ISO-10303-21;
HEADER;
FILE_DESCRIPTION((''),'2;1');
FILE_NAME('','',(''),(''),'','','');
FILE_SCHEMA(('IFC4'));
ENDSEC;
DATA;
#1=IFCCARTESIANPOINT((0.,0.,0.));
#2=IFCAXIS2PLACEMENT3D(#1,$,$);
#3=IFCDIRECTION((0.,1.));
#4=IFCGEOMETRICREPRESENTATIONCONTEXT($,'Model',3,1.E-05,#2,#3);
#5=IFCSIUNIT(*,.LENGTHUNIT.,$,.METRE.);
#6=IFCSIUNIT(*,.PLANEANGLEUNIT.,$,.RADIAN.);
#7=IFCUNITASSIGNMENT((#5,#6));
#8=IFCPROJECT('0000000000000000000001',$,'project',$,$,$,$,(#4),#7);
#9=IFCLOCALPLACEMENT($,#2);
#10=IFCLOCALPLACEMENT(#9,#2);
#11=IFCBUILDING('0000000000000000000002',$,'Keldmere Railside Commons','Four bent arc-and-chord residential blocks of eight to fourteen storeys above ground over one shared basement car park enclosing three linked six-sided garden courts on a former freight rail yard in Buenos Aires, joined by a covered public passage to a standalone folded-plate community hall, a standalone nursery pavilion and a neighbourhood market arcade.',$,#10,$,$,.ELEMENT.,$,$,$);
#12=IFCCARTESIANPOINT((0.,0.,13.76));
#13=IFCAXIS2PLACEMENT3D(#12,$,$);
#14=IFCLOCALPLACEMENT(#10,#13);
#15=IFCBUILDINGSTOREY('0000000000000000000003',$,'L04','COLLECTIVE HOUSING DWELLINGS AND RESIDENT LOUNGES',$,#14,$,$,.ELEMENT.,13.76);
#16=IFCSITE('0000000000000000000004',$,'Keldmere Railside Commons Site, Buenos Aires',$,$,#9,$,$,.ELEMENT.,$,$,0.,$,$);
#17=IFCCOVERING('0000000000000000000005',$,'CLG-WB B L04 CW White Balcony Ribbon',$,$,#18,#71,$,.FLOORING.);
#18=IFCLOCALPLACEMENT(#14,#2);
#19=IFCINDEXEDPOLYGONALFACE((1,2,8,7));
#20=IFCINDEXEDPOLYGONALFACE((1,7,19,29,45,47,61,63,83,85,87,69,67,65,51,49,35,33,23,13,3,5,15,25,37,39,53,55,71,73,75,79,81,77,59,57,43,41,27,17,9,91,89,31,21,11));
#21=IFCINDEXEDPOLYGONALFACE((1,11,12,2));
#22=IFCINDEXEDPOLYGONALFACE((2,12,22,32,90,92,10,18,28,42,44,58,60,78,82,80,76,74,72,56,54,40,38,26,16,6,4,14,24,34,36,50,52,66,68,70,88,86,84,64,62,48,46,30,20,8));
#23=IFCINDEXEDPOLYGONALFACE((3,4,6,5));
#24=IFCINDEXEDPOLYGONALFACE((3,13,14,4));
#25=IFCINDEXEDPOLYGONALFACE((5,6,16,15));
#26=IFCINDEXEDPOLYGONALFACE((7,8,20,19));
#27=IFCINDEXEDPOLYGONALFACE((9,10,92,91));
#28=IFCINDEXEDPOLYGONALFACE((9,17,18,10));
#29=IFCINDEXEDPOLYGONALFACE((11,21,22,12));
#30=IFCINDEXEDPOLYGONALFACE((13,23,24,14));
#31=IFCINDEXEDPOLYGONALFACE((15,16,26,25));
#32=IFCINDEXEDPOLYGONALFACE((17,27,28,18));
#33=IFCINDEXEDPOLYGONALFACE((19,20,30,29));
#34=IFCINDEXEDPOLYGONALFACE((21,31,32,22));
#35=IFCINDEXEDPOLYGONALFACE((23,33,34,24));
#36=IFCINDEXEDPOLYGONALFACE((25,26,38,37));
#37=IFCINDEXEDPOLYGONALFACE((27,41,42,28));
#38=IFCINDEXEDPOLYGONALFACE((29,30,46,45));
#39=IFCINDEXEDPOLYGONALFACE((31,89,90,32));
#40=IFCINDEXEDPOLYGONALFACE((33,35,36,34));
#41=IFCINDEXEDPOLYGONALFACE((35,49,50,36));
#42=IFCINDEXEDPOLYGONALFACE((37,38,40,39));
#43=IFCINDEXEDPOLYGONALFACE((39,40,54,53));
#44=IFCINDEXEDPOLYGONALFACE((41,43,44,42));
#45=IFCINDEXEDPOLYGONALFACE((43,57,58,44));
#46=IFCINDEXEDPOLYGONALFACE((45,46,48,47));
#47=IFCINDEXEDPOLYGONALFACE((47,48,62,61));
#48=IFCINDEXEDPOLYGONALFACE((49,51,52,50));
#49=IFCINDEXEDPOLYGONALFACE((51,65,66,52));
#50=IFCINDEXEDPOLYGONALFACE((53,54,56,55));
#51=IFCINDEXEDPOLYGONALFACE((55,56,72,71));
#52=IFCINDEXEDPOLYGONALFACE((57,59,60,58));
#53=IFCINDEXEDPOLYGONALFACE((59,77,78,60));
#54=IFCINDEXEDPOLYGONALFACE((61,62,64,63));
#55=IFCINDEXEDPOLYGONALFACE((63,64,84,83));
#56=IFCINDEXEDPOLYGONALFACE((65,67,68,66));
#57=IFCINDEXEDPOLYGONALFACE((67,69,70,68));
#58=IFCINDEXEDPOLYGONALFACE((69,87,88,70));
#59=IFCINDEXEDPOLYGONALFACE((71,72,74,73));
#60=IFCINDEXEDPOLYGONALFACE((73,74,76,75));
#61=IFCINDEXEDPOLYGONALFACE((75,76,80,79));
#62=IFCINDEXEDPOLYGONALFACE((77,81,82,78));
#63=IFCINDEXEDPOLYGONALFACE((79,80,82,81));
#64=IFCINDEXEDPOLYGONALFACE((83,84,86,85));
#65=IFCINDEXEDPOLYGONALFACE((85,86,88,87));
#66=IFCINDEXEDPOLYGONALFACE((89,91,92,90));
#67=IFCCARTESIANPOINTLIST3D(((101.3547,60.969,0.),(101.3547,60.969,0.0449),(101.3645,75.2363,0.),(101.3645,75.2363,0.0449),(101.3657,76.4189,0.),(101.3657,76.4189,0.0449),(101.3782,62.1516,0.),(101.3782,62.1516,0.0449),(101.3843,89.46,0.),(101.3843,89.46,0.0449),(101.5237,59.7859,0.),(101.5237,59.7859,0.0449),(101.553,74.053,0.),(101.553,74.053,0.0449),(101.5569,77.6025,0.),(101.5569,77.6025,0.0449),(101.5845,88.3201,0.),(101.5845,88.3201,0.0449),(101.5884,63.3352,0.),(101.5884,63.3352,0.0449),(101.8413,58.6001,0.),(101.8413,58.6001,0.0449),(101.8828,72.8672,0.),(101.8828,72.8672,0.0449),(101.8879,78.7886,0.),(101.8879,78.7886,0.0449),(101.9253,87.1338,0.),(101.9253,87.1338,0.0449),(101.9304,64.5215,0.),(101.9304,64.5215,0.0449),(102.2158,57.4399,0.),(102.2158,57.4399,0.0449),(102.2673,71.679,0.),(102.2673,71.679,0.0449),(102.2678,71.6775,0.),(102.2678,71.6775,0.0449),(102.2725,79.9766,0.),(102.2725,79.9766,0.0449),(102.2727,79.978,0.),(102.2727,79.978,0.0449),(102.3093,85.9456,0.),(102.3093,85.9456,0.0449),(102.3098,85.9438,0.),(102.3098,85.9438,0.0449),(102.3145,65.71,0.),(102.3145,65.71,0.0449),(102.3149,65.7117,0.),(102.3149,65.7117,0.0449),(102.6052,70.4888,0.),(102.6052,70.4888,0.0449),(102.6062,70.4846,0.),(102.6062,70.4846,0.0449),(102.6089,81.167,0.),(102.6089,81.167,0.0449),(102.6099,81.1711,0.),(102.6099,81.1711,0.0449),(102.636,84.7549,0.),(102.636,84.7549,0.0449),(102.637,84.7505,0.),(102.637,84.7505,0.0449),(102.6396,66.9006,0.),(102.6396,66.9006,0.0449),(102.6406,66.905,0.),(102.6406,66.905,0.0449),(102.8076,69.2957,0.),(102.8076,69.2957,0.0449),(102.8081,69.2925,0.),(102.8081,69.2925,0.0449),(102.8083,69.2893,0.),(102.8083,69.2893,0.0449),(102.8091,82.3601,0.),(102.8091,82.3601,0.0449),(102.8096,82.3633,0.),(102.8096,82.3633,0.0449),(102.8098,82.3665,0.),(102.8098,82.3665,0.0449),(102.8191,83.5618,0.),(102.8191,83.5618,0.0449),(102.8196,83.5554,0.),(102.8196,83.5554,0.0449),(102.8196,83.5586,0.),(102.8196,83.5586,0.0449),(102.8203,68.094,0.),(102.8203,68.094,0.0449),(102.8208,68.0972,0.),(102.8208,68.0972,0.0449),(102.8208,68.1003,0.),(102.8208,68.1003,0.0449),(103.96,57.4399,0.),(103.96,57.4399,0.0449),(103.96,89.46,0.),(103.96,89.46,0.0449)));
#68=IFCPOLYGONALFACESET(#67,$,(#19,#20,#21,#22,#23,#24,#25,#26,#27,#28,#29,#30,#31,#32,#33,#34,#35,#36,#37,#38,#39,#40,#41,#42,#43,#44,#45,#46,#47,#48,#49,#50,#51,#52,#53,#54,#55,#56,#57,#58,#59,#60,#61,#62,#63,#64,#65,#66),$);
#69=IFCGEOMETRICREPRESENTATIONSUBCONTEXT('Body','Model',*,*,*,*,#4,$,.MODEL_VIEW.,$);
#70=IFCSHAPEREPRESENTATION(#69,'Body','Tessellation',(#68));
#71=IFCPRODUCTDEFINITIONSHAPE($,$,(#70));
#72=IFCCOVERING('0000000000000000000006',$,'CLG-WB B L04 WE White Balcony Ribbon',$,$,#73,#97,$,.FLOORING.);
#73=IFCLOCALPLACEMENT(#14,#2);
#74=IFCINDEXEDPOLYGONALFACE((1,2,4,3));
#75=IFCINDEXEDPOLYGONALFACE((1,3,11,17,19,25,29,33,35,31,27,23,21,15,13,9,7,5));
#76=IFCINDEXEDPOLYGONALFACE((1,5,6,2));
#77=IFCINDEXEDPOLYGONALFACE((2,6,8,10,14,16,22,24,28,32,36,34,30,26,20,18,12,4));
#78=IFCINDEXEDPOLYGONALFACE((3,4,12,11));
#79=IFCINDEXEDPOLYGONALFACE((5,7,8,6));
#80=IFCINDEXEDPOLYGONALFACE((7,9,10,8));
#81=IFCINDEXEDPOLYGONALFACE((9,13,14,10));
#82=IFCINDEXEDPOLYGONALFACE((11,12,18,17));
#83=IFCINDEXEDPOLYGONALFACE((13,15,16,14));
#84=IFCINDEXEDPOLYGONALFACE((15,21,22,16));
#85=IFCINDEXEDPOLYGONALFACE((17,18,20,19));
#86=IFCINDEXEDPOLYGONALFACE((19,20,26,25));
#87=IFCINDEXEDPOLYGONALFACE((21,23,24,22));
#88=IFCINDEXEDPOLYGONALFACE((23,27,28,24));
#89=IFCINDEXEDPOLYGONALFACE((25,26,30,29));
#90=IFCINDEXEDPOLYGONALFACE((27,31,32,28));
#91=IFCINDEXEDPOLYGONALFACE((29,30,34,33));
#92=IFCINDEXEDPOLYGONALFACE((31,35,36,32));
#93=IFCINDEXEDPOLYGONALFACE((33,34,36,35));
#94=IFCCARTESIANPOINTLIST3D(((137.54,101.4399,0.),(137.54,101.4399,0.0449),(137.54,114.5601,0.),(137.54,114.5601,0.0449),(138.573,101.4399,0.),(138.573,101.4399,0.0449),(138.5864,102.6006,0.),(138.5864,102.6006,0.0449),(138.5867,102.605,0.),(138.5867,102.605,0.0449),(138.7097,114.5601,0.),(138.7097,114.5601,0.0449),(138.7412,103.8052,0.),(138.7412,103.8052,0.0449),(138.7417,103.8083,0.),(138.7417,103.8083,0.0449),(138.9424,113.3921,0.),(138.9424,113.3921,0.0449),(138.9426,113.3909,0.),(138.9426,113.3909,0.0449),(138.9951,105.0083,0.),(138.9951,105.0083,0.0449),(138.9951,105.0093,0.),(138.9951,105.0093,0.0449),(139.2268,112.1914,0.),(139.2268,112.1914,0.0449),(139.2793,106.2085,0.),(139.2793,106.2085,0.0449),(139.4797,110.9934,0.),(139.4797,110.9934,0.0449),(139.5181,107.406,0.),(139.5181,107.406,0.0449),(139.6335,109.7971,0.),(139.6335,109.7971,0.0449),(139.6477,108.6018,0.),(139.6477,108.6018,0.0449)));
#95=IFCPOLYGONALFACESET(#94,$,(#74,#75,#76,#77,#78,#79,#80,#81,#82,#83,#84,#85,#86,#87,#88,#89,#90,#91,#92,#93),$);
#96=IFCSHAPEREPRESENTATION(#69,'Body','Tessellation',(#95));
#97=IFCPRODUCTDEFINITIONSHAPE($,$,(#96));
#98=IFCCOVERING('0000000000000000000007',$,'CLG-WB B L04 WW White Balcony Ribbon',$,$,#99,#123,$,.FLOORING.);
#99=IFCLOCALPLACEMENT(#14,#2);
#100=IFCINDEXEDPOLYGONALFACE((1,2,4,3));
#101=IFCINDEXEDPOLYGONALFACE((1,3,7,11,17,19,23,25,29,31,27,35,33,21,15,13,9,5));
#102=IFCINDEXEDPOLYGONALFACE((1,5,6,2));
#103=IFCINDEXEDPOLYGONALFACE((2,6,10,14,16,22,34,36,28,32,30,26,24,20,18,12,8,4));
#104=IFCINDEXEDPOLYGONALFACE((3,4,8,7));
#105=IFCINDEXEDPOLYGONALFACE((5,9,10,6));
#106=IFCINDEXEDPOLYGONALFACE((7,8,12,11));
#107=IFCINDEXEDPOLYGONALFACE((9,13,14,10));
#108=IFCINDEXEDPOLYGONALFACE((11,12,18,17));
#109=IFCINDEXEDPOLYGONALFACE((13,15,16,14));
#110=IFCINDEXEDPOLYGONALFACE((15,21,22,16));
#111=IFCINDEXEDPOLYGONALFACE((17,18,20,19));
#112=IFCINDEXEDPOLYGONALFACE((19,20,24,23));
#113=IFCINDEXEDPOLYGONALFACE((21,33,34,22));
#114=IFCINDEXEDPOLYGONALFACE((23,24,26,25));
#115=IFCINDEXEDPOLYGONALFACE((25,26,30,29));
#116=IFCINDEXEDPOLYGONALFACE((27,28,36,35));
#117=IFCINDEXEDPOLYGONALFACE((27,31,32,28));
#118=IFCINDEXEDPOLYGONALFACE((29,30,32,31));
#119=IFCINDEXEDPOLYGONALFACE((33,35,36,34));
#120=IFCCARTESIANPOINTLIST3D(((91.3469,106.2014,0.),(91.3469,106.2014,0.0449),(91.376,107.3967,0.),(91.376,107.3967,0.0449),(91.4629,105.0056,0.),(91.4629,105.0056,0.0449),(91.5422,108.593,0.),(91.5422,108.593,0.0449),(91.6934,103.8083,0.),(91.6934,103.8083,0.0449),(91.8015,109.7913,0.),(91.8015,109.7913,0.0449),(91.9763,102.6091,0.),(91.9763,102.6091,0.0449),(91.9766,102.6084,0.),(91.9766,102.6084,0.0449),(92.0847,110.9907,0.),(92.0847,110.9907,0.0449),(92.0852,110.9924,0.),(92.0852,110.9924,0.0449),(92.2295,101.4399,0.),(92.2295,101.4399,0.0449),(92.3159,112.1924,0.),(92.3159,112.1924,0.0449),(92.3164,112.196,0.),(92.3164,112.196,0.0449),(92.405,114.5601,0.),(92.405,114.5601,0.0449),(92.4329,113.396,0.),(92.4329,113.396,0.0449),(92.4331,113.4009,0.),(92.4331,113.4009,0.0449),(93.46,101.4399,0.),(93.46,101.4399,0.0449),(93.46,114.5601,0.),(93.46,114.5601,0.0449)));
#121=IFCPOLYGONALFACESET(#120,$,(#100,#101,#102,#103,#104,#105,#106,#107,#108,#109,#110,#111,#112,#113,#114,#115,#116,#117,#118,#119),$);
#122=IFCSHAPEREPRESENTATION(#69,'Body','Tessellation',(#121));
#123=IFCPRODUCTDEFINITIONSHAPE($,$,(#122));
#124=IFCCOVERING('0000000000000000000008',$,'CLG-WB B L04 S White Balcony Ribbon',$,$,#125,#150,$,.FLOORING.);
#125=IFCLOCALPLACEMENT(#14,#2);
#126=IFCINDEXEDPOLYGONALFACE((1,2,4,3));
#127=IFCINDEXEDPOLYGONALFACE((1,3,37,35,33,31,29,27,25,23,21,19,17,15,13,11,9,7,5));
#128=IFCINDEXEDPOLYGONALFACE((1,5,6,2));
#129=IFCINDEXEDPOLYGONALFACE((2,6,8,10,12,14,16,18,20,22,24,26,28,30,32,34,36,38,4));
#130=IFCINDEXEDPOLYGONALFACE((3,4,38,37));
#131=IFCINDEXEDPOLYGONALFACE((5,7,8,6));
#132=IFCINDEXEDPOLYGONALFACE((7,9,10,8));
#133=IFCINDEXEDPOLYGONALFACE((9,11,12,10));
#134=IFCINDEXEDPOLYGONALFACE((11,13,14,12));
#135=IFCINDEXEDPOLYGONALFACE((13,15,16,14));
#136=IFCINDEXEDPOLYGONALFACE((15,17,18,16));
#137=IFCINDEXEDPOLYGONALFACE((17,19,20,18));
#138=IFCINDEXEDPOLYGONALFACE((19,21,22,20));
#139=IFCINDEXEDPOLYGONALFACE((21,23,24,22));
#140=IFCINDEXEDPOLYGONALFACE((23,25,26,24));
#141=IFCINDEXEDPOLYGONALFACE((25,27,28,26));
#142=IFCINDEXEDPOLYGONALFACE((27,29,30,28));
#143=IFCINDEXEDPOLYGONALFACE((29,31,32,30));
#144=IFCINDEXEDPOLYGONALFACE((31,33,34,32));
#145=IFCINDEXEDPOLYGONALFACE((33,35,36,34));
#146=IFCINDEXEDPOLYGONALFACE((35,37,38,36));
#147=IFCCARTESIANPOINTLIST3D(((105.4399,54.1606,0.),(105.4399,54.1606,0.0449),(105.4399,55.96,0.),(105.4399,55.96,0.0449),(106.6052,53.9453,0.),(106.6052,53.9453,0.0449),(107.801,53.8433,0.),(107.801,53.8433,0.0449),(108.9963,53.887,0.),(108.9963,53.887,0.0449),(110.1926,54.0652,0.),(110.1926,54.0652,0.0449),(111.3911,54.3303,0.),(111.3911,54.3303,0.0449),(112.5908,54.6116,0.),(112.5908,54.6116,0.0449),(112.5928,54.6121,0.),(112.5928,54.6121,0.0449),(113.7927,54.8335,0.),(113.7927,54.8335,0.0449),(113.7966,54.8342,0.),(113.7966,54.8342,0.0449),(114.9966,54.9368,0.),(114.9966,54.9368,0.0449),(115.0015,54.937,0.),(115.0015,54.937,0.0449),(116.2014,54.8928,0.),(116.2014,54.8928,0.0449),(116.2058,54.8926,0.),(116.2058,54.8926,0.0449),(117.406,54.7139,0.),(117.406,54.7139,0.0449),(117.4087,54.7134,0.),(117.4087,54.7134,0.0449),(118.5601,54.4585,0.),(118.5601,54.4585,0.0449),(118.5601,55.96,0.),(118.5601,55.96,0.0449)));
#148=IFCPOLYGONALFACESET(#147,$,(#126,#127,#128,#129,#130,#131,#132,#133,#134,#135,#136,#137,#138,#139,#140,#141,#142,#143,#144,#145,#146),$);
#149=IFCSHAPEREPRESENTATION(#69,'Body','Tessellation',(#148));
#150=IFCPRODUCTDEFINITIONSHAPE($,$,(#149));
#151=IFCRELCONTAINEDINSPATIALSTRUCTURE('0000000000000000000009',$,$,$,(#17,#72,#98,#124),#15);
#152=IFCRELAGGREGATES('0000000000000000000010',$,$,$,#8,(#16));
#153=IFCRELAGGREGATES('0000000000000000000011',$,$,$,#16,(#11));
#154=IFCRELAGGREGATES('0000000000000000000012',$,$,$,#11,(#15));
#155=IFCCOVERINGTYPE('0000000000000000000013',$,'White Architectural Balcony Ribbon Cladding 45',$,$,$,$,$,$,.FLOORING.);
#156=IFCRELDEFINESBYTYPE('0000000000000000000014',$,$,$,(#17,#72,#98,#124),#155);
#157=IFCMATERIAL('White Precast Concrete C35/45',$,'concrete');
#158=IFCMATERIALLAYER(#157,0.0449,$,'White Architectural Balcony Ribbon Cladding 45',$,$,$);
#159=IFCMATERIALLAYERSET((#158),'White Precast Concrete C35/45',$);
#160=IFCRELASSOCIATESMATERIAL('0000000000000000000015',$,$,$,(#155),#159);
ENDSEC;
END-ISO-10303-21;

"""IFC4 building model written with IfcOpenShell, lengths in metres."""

from ifc_helpers import new_model, si_unit, direction, frame, origin, place, context, subcontext, project, spatial, polyline, outline, extrude, material, layer, layer_set, type_object, element, save


model = new_model("IFC4")

# Units and contexts
model_context = context("Model", 3, precision=1e-05, world=origin(), true_north=direction((0.0, 1.0)))
body_context = subcontext(model_context, "Body", "Model", "MODEL_VIEW")
ifc_project = project(units=[si_unit("LENGTHUNIT", "METRE"), si_unit("PLANEANGLEUNIT", "RADIAN")], contexts=[model_context])

# Site, building, storey
site_placement = place(None, origin())
site = spatial("IfcSite", under=ifc_project, at=site_placement, Name="Keldmere Railside Commons Site, Buenos Aires", CompositionType="ELEMENT", RefElevation=0.0)
building_placement = place(site_placement, origin())
building = spatial("IfcBuilding", under=site, at=building_placement, Name="Keldmere Railside Commons", Description="Four bent arc-and-chord residential blocks of eight to fourteen storeys above ground over one shared basement car park enclosing three linked six-sided garden courts on a former freight rail yard in Buenos Aires, joined by a covered public passage to a standalone folded-plate community hall, a standalone nursery pavilion and a neighbourhood market arcade.", CompositionType="ELEMENT")
storey_placement = place(building_placement, frame((0.0, 0.0, 13.76)))
storey = spatial("IfcBuildingStorey", under=building, at=storey_placement, Name="L04", Description="COLLECTIVE HOUSING DWELLINGS AND RESIDENT LOUNGES", CompositionType="ELEMENT", Elevation=13.76)

# Coverings
ifc_material_1 = material(Name="White Precast Concrete C35/45", Category="concrete")
ifc_layer_1 = layer(ifc_material_1, 0.0449, Name="White Architectural Balcony Ribbon Cladding 45")
ifc_layer_set_1 = layer_set([ifc_layer_1], Name="White Precast Concrete C35/45")
covering_type_1 = type_object("IfcCoveringType", Name="White Architectural Balcony Ribbon Cladding 45", PredefinedType="FLOORING", material=ifc_layer_set_1)
covering_1_placement = place(storey_placement, origin())
element("IfcCovering", 1, at=covering_1_placement, inside=storey, type_object=covering_type_1, Name="CLG-WB B L04 CW White Balcony Ribbon", PredefinedType="FLOORING", context=body_context, shape_type="SweptSolid", body=[
    extrude(outline(polyline([(103.96, 89.46), (101.3843, 89.46), (101.5845, 88.3201), (101.9253, 87.1338), (102.3093, 85.9456), (102.3098, 85.9438), (102.636, 84.7549), (102.637, 84.7505), (102.8191, 83.5618), (102.8196, 83.5586), (102.8196, 83.5554), (102.8098, 82.3665), (102.8096, 82.3633), (102.8091, 82.3601), (102.6099, 81.1711), (102.6089, 81.167), (102.2727, 79.978), (102.2725, 79.9766), (101.8879, 78.7886), (101.5569, 77.6025), (101.3657, 76.4189), (101.3645, 75.2363), (101.553, 74.053), (101.8828, 72.8672), (102.2673, 71.679), (102.2678, 71.6775), (102.6052, 70.4888), (102.6062, 70.4846), (102.8076, 69.2957), (102.8081, 69.2925), (102.8083, 69.2893), (102.8208, 68.1003), (102.8208, 68.0972), (102.8203, 68.094), (102.6406, 66.905), (102.6396, 66.9006), (102.3149, 65.7117), (102.3145, 65.71), (101.9304, 64.5215), (101.5884, 63.3352), (101.3782, 62.1516), (101.3547, 60.969), (101.5237, 59.7859), (101.8413, 58.6001), (102.2158, 57.4399), (103.96, 57.4399), (103.96, 89.46)])), origin(), (0.0, 0.0, 1.0), 0.0449),
])
covering_2_placement = place(storey_placement, origin())
element("IfcCovering", 2, at=covering_2_placement, inside=storey, type_object=covering_type_1, Name="CLG-WB B L04 WE White Balcony Ribbon", PredefinedType="FLOORING", context=body_context, shape_type="SweptSolid", body=[
    extrude(outline(polyline([(138.5864, 102.6006), (138.5867, 102.605), (138.7412, 103.8052), (138.7417, 103.8083), (138.9951, 105.0083), (138.9951, 105.0093), (139.2793, 106.2085), (139.5181, 107.406), (139.6477, 108.6018), (139.6335, 109.7971), (139.4797, 110.9934), (139.2268, 112.1914), (138.9426, 113.3909), (138.9424, 113.3921), (138.7097, 114.5601), (137.54, 114.5601), (137.54, 101.4399), (138.573, 101.4399), (138.5864, 102.6006)])), origin(), (0.0, 0.0, 1.0), 0.0449),
])
covering_3_placement = place(storey_placement, origin())
element("IfcCovering", 3, at=covering_3_placement, inside=storey, type_object=covering_type_1, Name="CLG-WB B L04 WW White Balcony Ribbon", PredefinedType="FLOORING", context=body_context, shape_type="SweptSolid", body=[
    extrude(outline(polyline([(93.46, 114.5601), (92.405, 114.5601), (92.4331, 113.4009), (92.4329, 113.396), (92.3164, 112.196), (92.3159, 112.1924), (92.0852, 110.9924), (92.0847, 110.9907), (91.8015, 109.7913), (91.5422, 108.593), (91.376, 107.3967), (91.3469, 106.2014), (91.4629, 105.0056), (91.6934, 103.8083), (91.9763, 102.6091), (91.9766, 102.6084), (92.2295, 101.4399), (93.46, 101.4399), (93.46, 114.5601)])), origin(), (0.0, 0.0, 1.0), 0.0449),
])
covering_4_placement = place(storey_placement, origin())
element("IfcCovering", 4, at=covering_4_placement, inside=storey, type_object=covering_type_1, Name="CLG-WB B L04 S White Balcony Ribbon", PredefinedType="FLOORING", context=body_context, shape_type="SweptSolid", body=[
    extrude(outline(polyline([(106.6052, 53.9453), (107.801, 53.8433), (108.9963, 53.887), (110.1926, 54.0652), (111.3911, 54.3303), (112.5908, 54.6116), (112.5928, 54.6121), (113.7927, 54.8335), (113.7966, 54.8342), (114.9966, 54.9368), (115.0015, 54.937), (116.2014, 54.8928), (116.2058, 54.8926), (117.406, 54.7139), (117.4087, 54.7134), (118.5601, 54.4585), (118.5601, 55.96), (105.4399, 55.96), (105.4399, 54.1606), (106.6052, 53.9453)])), origin(), (0.0, 0.0, 1.0), 0.0449),
])

save(model, "model.ifc")
